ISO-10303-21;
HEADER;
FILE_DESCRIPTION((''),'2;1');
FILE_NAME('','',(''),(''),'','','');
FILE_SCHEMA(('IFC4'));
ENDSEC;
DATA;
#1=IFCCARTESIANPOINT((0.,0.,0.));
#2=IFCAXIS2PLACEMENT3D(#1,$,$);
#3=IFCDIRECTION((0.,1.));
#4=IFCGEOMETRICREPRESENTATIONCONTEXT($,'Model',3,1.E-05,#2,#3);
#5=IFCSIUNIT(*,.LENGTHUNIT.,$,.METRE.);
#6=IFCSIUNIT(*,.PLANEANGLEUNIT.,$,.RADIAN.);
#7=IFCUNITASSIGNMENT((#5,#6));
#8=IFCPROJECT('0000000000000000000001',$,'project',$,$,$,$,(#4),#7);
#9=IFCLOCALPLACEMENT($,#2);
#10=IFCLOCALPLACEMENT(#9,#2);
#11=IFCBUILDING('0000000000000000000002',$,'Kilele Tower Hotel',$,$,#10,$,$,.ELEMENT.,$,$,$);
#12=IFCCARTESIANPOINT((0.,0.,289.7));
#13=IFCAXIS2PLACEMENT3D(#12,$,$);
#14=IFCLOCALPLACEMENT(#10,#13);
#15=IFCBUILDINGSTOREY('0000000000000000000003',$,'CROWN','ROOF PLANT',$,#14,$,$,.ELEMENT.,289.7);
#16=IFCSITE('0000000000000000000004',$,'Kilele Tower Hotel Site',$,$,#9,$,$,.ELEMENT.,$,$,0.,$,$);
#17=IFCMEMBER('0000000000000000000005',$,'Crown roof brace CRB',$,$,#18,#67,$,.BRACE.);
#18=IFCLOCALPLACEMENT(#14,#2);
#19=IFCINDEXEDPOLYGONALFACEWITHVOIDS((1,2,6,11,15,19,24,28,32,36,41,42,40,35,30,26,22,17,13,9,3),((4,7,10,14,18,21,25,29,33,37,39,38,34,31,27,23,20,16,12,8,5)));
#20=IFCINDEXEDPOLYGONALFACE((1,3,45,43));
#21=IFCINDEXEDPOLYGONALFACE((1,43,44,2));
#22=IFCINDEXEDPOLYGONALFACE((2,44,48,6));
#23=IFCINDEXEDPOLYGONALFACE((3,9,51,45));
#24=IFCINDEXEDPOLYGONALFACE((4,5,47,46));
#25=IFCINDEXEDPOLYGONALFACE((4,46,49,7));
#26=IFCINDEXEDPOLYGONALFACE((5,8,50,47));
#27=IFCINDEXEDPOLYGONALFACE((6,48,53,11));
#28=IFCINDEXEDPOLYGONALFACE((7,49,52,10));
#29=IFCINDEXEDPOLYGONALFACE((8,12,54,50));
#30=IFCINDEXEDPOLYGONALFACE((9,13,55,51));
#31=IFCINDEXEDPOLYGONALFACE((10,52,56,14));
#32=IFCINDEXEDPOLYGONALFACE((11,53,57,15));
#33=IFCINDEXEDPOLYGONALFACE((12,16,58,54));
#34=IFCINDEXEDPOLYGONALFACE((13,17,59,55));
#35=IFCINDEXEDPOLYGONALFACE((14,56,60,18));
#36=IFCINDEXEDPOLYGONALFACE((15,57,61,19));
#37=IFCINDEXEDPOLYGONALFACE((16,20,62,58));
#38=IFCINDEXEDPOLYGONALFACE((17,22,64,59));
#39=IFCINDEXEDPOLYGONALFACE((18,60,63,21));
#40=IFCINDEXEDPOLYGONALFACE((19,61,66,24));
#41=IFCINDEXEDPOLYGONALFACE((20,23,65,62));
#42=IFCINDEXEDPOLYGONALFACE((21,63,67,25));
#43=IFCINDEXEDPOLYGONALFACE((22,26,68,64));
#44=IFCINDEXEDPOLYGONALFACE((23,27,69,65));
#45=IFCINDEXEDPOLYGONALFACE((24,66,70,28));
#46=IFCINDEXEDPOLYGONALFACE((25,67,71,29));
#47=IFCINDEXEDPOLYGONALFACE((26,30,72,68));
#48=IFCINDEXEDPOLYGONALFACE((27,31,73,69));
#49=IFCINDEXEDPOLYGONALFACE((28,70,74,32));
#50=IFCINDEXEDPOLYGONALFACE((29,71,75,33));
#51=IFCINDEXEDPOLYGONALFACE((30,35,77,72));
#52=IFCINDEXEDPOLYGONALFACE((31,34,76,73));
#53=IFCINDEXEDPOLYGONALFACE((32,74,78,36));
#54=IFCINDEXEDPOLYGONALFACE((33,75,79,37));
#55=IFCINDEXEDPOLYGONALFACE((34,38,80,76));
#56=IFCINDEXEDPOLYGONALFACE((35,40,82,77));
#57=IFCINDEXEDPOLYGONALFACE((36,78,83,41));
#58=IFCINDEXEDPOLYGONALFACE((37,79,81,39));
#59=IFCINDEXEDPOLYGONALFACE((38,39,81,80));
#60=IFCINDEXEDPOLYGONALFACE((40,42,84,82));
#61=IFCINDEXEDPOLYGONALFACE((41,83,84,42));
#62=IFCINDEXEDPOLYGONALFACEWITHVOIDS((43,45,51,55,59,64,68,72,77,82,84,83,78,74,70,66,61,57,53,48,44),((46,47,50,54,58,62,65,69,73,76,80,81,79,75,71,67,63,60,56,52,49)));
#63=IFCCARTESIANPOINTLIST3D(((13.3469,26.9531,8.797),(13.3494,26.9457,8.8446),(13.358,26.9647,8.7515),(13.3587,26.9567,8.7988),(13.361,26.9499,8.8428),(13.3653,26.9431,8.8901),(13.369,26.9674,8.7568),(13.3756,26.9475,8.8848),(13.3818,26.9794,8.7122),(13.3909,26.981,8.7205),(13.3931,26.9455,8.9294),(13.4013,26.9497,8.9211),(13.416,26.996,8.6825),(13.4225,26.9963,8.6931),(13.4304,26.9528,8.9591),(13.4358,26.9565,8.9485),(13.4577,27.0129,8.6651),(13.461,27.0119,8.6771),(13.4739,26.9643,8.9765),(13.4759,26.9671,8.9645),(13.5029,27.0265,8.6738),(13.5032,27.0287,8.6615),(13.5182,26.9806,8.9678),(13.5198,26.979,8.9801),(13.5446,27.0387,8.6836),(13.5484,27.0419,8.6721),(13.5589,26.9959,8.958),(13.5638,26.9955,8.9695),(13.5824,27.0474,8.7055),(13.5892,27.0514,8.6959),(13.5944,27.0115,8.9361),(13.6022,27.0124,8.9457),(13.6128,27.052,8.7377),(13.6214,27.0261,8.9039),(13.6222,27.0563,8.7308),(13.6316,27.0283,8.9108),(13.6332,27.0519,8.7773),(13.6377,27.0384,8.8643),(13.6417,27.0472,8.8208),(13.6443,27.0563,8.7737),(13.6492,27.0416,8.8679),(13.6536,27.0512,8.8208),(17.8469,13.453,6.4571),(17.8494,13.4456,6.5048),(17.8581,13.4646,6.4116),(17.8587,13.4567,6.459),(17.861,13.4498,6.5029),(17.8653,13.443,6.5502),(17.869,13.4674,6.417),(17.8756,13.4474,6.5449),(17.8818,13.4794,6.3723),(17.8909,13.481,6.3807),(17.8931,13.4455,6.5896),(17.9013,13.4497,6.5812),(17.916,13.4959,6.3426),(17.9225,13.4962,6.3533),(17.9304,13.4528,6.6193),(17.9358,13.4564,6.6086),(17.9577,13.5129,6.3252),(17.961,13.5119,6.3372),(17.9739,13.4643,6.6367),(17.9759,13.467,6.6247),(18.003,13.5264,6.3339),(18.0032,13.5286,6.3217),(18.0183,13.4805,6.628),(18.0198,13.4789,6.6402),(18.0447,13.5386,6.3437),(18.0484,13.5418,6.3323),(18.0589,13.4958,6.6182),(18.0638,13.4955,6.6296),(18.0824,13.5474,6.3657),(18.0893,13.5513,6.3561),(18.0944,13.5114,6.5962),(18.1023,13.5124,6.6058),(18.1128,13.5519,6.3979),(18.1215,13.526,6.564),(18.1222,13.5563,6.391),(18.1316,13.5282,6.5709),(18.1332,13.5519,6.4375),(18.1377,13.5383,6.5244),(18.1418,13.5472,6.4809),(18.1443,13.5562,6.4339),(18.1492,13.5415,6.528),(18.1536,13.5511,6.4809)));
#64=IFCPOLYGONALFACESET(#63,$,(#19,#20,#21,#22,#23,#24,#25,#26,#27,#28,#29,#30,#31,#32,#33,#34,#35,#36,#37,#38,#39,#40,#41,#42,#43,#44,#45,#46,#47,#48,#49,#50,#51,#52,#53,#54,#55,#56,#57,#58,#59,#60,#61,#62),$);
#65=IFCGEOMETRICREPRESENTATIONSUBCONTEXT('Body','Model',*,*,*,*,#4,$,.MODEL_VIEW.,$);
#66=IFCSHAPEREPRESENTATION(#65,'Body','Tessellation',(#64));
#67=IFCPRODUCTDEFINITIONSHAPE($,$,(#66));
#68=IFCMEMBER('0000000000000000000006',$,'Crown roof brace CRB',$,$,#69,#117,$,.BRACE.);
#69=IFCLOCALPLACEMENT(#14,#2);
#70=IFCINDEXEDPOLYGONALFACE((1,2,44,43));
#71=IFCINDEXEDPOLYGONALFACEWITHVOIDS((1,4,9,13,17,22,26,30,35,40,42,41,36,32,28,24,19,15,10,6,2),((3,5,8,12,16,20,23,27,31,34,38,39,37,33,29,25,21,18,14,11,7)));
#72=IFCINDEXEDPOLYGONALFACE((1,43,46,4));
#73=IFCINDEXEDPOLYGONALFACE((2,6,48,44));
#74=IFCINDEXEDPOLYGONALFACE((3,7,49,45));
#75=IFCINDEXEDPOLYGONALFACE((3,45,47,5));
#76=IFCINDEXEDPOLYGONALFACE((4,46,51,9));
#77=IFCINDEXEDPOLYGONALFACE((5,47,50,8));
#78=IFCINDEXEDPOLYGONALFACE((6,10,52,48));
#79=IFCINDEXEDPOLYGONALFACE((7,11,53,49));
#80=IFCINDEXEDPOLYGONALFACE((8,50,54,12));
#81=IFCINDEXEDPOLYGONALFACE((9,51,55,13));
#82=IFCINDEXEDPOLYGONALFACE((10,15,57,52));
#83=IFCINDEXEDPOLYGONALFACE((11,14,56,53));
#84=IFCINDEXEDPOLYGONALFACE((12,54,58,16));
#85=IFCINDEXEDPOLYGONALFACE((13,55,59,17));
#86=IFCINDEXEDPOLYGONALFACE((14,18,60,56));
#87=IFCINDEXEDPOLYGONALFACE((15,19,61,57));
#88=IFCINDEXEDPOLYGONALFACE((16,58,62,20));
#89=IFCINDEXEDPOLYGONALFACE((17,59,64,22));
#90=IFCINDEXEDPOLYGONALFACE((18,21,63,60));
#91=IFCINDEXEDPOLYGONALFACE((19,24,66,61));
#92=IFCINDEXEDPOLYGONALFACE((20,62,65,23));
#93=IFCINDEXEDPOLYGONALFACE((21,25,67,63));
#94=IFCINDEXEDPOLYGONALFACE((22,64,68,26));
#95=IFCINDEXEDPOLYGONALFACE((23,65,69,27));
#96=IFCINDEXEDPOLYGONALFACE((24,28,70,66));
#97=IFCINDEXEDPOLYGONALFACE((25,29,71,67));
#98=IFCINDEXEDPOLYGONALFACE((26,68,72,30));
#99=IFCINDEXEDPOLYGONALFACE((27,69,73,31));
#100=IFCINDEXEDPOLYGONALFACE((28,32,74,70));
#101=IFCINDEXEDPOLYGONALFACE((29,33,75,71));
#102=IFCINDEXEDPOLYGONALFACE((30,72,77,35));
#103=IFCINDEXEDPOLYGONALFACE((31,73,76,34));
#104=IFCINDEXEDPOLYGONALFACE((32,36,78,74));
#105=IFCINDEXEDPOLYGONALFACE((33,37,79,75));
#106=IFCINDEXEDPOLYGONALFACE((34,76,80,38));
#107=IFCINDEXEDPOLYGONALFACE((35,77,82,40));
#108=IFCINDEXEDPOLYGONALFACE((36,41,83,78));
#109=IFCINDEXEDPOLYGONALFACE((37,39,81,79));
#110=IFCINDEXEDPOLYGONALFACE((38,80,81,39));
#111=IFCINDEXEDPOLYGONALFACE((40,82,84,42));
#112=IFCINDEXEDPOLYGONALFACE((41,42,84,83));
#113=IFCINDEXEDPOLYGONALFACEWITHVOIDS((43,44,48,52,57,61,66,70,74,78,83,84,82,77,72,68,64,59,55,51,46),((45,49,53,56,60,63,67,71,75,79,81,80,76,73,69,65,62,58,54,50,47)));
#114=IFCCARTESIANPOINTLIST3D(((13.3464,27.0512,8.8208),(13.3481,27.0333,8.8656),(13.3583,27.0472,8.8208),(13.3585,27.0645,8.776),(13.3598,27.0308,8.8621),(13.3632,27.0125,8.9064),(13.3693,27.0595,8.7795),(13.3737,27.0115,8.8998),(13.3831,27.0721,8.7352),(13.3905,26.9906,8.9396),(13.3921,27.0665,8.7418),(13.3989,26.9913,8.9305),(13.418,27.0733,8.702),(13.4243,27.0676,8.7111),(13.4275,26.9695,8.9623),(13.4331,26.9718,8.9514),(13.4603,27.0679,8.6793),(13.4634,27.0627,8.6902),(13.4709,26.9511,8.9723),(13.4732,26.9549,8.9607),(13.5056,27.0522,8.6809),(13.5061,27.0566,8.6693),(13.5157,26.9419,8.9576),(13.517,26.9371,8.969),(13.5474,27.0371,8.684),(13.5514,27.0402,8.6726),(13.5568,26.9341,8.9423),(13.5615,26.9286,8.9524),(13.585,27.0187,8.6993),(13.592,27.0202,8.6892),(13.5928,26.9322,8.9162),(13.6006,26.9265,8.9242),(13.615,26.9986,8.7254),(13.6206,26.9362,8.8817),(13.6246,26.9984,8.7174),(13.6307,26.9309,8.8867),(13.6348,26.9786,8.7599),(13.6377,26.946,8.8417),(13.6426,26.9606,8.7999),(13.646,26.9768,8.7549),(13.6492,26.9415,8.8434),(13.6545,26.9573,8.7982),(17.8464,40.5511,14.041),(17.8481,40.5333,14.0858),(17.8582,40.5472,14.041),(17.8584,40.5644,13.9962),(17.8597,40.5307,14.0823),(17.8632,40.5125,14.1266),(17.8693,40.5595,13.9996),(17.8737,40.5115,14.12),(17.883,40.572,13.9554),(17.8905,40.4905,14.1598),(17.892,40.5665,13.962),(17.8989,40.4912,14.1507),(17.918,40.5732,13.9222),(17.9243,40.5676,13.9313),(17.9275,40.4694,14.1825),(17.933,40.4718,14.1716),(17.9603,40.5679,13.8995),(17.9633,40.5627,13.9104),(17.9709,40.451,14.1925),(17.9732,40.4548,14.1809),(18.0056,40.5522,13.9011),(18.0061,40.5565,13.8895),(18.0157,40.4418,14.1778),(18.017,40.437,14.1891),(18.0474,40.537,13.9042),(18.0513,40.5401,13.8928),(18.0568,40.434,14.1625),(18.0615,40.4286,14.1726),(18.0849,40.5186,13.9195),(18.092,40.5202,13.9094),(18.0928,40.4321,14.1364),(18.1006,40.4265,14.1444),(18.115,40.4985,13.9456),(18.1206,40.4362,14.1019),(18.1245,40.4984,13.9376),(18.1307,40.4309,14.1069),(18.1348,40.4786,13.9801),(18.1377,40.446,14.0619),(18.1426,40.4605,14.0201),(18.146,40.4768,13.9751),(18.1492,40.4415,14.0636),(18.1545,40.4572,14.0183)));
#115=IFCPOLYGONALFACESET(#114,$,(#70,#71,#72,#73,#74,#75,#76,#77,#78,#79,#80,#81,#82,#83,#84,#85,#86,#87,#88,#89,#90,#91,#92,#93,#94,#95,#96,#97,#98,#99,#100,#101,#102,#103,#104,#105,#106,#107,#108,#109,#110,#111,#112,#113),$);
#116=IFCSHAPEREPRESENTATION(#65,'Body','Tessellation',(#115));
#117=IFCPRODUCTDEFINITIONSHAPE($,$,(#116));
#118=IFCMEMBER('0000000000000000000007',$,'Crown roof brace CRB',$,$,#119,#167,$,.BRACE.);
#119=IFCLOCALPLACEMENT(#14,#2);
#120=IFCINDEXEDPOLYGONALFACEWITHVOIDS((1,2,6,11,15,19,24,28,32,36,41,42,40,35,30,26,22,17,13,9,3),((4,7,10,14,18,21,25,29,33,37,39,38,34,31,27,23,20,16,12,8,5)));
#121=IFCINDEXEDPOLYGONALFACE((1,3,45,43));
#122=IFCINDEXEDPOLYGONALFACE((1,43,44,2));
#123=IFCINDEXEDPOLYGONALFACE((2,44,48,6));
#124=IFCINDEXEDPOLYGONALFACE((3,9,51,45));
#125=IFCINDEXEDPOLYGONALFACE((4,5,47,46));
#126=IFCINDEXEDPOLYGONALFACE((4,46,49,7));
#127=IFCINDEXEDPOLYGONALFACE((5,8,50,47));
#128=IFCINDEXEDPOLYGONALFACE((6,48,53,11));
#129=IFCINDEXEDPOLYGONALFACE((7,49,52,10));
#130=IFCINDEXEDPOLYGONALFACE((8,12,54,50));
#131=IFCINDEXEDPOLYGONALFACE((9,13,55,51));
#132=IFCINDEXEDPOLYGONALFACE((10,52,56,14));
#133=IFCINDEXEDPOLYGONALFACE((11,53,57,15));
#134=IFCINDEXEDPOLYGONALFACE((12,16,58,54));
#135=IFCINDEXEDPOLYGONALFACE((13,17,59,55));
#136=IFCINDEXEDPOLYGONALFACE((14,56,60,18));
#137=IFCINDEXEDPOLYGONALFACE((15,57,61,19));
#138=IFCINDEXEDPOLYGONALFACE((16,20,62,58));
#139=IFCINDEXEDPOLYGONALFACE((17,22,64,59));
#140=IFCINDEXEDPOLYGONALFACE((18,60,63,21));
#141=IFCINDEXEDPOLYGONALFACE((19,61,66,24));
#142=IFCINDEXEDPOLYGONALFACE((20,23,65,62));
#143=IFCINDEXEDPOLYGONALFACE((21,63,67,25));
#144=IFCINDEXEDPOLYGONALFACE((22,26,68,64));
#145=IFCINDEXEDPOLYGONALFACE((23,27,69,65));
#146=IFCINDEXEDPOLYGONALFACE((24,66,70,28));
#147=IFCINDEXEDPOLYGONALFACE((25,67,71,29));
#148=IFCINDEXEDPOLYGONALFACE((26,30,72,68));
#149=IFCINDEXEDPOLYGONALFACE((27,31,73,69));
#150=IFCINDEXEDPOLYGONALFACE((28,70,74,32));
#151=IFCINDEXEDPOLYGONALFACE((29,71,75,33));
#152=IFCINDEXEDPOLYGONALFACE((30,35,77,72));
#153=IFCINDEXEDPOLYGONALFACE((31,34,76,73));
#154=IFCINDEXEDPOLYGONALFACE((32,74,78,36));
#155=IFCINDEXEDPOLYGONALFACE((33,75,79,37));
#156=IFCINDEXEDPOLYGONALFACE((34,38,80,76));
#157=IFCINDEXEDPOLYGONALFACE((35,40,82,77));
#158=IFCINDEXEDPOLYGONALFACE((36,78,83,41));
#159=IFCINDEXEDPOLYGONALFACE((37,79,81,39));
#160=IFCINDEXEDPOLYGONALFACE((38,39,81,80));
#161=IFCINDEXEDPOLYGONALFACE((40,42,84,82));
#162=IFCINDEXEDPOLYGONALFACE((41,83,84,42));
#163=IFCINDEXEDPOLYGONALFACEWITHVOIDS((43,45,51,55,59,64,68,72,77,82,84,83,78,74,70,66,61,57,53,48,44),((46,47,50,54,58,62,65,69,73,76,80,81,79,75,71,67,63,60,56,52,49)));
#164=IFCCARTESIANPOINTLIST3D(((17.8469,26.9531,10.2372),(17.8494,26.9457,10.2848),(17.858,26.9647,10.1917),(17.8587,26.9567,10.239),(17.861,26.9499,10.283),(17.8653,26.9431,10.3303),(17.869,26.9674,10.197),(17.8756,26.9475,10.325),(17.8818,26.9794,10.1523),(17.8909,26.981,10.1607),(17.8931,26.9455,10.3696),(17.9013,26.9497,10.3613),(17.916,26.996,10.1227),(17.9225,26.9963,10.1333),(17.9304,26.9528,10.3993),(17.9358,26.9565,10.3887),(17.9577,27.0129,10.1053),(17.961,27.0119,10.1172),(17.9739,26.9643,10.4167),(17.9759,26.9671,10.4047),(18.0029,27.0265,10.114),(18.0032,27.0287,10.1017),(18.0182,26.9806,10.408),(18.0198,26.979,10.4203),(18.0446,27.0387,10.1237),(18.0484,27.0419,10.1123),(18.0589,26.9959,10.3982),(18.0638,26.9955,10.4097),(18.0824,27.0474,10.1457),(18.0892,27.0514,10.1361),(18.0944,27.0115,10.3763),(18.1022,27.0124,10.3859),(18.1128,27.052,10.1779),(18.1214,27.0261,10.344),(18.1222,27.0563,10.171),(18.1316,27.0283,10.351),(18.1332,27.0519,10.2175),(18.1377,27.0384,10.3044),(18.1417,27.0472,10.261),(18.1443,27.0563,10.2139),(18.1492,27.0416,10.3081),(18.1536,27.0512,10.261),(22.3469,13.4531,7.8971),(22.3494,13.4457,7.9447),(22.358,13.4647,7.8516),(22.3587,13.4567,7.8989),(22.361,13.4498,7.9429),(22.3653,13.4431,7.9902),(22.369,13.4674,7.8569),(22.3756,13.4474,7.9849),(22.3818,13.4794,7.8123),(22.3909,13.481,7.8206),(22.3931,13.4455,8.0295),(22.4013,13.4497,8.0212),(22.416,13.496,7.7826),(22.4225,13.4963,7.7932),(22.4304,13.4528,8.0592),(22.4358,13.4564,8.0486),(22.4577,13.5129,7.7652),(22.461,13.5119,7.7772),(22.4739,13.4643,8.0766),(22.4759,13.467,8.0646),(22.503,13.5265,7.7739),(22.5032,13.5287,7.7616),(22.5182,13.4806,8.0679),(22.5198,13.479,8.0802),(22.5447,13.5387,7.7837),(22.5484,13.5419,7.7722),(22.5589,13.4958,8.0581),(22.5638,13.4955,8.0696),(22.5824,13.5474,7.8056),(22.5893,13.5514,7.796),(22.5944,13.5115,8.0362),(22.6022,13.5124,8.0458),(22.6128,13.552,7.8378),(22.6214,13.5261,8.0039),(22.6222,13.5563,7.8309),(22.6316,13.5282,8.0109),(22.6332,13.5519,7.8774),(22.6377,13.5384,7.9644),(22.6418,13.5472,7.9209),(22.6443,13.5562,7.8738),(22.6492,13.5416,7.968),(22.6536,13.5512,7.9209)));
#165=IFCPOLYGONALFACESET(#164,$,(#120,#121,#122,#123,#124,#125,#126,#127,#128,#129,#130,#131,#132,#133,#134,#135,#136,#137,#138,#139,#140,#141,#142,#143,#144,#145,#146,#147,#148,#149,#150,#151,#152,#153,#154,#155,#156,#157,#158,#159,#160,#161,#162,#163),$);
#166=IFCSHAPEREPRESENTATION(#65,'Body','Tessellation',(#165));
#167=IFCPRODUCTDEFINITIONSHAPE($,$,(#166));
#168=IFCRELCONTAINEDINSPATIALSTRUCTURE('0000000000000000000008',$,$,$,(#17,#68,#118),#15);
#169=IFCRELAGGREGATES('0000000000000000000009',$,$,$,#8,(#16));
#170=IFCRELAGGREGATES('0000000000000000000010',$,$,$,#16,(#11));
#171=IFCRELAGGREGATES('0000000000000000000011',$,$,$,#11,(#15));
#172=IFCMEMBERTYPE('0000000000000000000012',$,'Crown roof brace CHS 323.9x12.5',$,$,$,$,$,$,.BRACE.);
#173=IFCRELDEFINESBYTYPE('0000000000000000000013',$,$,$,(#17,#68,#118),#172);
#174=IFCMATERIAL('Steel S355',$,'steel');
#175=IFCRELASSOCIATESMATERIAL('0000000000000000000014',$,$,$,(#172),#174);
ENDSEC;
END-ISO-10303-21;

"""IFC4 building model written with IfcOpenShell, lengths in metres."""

from ifc_helpers import new_model, si_unit, direction, frame, origin, origin_2d, place, context, subcontext, project, spatial, hollow_circle, extrude, material, material_profile, profile_set, type_object, element, save


model = new_model("IFC4")

# Units and contexts
model_context = context("Model", 3, precision=1e-05, world=origin(), true_north=direction((0.0, 1.0)))
body_context = subcontext(model_context, "Body", "Model", "MODEL_VIEW")
ifc_project = project(units=[si_unit("LENGTHUNIT", "METRE"), si_unit("PLANEANGLEUNIT", "RADIAN")], contexts=[model_context])

# Site, building, storey
site_placement = place(None, origin())
site = spatial("IfcSite", under=ifc_project, at=site_placement, Name="Kilele Tower Hotel Site", CompositionType="ELEMENT", RefElevation=0.0)
building_placement = place(site_placement, origin())
building = spatial("IfcBuilding", under=site, at=building_placement, Name="Kilele Tower Hotel", CompositionType="ELEMENT")
storey_placement = place(building_placement, frame((0.0, 0.0, 289.7)))
storey = spatial("IfcBuildingStorey", under=building, at=storey_placement, Name="CROWN", Description="ROOF PLANT", CompositionType="ELEMENT", Elevation=289.7)

# Members
ifc_material_1 = material(Name="Steel S355", Category="steel")
ifc_material_profile_1 = material_profile(ifc_material_1, hollow_circle(Radius=0.1619, WallThickness=0.0125, at=origin_2d()))
ifc_profile_set_1 = profile_set([ifc_material_profile_1], Name="Steel S355")
member_type_1 = type_object("IfcMemberType", Name="Crown roof brace CHS 323.9x12.5", PredefinedType="BRACE", material=ifc_profile_set_1)
member_1_placement = place(storey_placement, frame((13.5, 27.0, 8.8208), z_axis=(0.312038, -0.936113, -0.162249), x_axis=(0.948683, 0.316228, 0.0)))
element("IfcMember", 1, at=member_1_placement, inside=storey, type_object=member_type_1, Name="Crown roof brace CRB", PredefinedType="BRACE", context=body_context, shape_type="SweptSolid", body=[
    extrude(hollow_circle(Radius=0.1619, WallThickness=0.0125, at=origin_2d()), origin(), (0.0, 0.0, 1.0), 14.4214),
])
member_2_placement = place(storey_placement, frame((13.5, 27.0, 8.8208), z_axis=(0.296882, 0.890647, 0.344398), x_axis=(-0.948683, 0.316228, 0.0)))
element("IfcMember", 2, at=member_2_placement, inside=storey, type_object=member_type_1, Name="Crown roof brace CRB", PredefinedType="BRACE", context=body_context, shape_type="SweptSolid", body=[
    extrude(hollow_circle(Radius=0.1619, WallThickness=0.0125, at=origin_2d()), origin(), (0.0, 0.0, 1.0), 15.1575),
])
member_3_placement = place(storey_placement, frame((18.0, 27.0, 10.261), z_axis=(0.312037, -0.936111, -0.162265), x_axis=(0.948683, 0.316228, 0.0)))
element("IfcMember", 3, at=member_3_placement, inside=storey, type_object=member_type_1, Name="Crown roof brace CRB", PredefinedType="BRACE", context=body_context, shape_type="SweptSolid", body=[
    extrude(hollow_circle(Radius=0.1619, WallThickness=0.0125, at=origin_2d()), origin(), (0.0, 0.0, 1.0), 14.4214),
])

save(model, "model.ifc")
